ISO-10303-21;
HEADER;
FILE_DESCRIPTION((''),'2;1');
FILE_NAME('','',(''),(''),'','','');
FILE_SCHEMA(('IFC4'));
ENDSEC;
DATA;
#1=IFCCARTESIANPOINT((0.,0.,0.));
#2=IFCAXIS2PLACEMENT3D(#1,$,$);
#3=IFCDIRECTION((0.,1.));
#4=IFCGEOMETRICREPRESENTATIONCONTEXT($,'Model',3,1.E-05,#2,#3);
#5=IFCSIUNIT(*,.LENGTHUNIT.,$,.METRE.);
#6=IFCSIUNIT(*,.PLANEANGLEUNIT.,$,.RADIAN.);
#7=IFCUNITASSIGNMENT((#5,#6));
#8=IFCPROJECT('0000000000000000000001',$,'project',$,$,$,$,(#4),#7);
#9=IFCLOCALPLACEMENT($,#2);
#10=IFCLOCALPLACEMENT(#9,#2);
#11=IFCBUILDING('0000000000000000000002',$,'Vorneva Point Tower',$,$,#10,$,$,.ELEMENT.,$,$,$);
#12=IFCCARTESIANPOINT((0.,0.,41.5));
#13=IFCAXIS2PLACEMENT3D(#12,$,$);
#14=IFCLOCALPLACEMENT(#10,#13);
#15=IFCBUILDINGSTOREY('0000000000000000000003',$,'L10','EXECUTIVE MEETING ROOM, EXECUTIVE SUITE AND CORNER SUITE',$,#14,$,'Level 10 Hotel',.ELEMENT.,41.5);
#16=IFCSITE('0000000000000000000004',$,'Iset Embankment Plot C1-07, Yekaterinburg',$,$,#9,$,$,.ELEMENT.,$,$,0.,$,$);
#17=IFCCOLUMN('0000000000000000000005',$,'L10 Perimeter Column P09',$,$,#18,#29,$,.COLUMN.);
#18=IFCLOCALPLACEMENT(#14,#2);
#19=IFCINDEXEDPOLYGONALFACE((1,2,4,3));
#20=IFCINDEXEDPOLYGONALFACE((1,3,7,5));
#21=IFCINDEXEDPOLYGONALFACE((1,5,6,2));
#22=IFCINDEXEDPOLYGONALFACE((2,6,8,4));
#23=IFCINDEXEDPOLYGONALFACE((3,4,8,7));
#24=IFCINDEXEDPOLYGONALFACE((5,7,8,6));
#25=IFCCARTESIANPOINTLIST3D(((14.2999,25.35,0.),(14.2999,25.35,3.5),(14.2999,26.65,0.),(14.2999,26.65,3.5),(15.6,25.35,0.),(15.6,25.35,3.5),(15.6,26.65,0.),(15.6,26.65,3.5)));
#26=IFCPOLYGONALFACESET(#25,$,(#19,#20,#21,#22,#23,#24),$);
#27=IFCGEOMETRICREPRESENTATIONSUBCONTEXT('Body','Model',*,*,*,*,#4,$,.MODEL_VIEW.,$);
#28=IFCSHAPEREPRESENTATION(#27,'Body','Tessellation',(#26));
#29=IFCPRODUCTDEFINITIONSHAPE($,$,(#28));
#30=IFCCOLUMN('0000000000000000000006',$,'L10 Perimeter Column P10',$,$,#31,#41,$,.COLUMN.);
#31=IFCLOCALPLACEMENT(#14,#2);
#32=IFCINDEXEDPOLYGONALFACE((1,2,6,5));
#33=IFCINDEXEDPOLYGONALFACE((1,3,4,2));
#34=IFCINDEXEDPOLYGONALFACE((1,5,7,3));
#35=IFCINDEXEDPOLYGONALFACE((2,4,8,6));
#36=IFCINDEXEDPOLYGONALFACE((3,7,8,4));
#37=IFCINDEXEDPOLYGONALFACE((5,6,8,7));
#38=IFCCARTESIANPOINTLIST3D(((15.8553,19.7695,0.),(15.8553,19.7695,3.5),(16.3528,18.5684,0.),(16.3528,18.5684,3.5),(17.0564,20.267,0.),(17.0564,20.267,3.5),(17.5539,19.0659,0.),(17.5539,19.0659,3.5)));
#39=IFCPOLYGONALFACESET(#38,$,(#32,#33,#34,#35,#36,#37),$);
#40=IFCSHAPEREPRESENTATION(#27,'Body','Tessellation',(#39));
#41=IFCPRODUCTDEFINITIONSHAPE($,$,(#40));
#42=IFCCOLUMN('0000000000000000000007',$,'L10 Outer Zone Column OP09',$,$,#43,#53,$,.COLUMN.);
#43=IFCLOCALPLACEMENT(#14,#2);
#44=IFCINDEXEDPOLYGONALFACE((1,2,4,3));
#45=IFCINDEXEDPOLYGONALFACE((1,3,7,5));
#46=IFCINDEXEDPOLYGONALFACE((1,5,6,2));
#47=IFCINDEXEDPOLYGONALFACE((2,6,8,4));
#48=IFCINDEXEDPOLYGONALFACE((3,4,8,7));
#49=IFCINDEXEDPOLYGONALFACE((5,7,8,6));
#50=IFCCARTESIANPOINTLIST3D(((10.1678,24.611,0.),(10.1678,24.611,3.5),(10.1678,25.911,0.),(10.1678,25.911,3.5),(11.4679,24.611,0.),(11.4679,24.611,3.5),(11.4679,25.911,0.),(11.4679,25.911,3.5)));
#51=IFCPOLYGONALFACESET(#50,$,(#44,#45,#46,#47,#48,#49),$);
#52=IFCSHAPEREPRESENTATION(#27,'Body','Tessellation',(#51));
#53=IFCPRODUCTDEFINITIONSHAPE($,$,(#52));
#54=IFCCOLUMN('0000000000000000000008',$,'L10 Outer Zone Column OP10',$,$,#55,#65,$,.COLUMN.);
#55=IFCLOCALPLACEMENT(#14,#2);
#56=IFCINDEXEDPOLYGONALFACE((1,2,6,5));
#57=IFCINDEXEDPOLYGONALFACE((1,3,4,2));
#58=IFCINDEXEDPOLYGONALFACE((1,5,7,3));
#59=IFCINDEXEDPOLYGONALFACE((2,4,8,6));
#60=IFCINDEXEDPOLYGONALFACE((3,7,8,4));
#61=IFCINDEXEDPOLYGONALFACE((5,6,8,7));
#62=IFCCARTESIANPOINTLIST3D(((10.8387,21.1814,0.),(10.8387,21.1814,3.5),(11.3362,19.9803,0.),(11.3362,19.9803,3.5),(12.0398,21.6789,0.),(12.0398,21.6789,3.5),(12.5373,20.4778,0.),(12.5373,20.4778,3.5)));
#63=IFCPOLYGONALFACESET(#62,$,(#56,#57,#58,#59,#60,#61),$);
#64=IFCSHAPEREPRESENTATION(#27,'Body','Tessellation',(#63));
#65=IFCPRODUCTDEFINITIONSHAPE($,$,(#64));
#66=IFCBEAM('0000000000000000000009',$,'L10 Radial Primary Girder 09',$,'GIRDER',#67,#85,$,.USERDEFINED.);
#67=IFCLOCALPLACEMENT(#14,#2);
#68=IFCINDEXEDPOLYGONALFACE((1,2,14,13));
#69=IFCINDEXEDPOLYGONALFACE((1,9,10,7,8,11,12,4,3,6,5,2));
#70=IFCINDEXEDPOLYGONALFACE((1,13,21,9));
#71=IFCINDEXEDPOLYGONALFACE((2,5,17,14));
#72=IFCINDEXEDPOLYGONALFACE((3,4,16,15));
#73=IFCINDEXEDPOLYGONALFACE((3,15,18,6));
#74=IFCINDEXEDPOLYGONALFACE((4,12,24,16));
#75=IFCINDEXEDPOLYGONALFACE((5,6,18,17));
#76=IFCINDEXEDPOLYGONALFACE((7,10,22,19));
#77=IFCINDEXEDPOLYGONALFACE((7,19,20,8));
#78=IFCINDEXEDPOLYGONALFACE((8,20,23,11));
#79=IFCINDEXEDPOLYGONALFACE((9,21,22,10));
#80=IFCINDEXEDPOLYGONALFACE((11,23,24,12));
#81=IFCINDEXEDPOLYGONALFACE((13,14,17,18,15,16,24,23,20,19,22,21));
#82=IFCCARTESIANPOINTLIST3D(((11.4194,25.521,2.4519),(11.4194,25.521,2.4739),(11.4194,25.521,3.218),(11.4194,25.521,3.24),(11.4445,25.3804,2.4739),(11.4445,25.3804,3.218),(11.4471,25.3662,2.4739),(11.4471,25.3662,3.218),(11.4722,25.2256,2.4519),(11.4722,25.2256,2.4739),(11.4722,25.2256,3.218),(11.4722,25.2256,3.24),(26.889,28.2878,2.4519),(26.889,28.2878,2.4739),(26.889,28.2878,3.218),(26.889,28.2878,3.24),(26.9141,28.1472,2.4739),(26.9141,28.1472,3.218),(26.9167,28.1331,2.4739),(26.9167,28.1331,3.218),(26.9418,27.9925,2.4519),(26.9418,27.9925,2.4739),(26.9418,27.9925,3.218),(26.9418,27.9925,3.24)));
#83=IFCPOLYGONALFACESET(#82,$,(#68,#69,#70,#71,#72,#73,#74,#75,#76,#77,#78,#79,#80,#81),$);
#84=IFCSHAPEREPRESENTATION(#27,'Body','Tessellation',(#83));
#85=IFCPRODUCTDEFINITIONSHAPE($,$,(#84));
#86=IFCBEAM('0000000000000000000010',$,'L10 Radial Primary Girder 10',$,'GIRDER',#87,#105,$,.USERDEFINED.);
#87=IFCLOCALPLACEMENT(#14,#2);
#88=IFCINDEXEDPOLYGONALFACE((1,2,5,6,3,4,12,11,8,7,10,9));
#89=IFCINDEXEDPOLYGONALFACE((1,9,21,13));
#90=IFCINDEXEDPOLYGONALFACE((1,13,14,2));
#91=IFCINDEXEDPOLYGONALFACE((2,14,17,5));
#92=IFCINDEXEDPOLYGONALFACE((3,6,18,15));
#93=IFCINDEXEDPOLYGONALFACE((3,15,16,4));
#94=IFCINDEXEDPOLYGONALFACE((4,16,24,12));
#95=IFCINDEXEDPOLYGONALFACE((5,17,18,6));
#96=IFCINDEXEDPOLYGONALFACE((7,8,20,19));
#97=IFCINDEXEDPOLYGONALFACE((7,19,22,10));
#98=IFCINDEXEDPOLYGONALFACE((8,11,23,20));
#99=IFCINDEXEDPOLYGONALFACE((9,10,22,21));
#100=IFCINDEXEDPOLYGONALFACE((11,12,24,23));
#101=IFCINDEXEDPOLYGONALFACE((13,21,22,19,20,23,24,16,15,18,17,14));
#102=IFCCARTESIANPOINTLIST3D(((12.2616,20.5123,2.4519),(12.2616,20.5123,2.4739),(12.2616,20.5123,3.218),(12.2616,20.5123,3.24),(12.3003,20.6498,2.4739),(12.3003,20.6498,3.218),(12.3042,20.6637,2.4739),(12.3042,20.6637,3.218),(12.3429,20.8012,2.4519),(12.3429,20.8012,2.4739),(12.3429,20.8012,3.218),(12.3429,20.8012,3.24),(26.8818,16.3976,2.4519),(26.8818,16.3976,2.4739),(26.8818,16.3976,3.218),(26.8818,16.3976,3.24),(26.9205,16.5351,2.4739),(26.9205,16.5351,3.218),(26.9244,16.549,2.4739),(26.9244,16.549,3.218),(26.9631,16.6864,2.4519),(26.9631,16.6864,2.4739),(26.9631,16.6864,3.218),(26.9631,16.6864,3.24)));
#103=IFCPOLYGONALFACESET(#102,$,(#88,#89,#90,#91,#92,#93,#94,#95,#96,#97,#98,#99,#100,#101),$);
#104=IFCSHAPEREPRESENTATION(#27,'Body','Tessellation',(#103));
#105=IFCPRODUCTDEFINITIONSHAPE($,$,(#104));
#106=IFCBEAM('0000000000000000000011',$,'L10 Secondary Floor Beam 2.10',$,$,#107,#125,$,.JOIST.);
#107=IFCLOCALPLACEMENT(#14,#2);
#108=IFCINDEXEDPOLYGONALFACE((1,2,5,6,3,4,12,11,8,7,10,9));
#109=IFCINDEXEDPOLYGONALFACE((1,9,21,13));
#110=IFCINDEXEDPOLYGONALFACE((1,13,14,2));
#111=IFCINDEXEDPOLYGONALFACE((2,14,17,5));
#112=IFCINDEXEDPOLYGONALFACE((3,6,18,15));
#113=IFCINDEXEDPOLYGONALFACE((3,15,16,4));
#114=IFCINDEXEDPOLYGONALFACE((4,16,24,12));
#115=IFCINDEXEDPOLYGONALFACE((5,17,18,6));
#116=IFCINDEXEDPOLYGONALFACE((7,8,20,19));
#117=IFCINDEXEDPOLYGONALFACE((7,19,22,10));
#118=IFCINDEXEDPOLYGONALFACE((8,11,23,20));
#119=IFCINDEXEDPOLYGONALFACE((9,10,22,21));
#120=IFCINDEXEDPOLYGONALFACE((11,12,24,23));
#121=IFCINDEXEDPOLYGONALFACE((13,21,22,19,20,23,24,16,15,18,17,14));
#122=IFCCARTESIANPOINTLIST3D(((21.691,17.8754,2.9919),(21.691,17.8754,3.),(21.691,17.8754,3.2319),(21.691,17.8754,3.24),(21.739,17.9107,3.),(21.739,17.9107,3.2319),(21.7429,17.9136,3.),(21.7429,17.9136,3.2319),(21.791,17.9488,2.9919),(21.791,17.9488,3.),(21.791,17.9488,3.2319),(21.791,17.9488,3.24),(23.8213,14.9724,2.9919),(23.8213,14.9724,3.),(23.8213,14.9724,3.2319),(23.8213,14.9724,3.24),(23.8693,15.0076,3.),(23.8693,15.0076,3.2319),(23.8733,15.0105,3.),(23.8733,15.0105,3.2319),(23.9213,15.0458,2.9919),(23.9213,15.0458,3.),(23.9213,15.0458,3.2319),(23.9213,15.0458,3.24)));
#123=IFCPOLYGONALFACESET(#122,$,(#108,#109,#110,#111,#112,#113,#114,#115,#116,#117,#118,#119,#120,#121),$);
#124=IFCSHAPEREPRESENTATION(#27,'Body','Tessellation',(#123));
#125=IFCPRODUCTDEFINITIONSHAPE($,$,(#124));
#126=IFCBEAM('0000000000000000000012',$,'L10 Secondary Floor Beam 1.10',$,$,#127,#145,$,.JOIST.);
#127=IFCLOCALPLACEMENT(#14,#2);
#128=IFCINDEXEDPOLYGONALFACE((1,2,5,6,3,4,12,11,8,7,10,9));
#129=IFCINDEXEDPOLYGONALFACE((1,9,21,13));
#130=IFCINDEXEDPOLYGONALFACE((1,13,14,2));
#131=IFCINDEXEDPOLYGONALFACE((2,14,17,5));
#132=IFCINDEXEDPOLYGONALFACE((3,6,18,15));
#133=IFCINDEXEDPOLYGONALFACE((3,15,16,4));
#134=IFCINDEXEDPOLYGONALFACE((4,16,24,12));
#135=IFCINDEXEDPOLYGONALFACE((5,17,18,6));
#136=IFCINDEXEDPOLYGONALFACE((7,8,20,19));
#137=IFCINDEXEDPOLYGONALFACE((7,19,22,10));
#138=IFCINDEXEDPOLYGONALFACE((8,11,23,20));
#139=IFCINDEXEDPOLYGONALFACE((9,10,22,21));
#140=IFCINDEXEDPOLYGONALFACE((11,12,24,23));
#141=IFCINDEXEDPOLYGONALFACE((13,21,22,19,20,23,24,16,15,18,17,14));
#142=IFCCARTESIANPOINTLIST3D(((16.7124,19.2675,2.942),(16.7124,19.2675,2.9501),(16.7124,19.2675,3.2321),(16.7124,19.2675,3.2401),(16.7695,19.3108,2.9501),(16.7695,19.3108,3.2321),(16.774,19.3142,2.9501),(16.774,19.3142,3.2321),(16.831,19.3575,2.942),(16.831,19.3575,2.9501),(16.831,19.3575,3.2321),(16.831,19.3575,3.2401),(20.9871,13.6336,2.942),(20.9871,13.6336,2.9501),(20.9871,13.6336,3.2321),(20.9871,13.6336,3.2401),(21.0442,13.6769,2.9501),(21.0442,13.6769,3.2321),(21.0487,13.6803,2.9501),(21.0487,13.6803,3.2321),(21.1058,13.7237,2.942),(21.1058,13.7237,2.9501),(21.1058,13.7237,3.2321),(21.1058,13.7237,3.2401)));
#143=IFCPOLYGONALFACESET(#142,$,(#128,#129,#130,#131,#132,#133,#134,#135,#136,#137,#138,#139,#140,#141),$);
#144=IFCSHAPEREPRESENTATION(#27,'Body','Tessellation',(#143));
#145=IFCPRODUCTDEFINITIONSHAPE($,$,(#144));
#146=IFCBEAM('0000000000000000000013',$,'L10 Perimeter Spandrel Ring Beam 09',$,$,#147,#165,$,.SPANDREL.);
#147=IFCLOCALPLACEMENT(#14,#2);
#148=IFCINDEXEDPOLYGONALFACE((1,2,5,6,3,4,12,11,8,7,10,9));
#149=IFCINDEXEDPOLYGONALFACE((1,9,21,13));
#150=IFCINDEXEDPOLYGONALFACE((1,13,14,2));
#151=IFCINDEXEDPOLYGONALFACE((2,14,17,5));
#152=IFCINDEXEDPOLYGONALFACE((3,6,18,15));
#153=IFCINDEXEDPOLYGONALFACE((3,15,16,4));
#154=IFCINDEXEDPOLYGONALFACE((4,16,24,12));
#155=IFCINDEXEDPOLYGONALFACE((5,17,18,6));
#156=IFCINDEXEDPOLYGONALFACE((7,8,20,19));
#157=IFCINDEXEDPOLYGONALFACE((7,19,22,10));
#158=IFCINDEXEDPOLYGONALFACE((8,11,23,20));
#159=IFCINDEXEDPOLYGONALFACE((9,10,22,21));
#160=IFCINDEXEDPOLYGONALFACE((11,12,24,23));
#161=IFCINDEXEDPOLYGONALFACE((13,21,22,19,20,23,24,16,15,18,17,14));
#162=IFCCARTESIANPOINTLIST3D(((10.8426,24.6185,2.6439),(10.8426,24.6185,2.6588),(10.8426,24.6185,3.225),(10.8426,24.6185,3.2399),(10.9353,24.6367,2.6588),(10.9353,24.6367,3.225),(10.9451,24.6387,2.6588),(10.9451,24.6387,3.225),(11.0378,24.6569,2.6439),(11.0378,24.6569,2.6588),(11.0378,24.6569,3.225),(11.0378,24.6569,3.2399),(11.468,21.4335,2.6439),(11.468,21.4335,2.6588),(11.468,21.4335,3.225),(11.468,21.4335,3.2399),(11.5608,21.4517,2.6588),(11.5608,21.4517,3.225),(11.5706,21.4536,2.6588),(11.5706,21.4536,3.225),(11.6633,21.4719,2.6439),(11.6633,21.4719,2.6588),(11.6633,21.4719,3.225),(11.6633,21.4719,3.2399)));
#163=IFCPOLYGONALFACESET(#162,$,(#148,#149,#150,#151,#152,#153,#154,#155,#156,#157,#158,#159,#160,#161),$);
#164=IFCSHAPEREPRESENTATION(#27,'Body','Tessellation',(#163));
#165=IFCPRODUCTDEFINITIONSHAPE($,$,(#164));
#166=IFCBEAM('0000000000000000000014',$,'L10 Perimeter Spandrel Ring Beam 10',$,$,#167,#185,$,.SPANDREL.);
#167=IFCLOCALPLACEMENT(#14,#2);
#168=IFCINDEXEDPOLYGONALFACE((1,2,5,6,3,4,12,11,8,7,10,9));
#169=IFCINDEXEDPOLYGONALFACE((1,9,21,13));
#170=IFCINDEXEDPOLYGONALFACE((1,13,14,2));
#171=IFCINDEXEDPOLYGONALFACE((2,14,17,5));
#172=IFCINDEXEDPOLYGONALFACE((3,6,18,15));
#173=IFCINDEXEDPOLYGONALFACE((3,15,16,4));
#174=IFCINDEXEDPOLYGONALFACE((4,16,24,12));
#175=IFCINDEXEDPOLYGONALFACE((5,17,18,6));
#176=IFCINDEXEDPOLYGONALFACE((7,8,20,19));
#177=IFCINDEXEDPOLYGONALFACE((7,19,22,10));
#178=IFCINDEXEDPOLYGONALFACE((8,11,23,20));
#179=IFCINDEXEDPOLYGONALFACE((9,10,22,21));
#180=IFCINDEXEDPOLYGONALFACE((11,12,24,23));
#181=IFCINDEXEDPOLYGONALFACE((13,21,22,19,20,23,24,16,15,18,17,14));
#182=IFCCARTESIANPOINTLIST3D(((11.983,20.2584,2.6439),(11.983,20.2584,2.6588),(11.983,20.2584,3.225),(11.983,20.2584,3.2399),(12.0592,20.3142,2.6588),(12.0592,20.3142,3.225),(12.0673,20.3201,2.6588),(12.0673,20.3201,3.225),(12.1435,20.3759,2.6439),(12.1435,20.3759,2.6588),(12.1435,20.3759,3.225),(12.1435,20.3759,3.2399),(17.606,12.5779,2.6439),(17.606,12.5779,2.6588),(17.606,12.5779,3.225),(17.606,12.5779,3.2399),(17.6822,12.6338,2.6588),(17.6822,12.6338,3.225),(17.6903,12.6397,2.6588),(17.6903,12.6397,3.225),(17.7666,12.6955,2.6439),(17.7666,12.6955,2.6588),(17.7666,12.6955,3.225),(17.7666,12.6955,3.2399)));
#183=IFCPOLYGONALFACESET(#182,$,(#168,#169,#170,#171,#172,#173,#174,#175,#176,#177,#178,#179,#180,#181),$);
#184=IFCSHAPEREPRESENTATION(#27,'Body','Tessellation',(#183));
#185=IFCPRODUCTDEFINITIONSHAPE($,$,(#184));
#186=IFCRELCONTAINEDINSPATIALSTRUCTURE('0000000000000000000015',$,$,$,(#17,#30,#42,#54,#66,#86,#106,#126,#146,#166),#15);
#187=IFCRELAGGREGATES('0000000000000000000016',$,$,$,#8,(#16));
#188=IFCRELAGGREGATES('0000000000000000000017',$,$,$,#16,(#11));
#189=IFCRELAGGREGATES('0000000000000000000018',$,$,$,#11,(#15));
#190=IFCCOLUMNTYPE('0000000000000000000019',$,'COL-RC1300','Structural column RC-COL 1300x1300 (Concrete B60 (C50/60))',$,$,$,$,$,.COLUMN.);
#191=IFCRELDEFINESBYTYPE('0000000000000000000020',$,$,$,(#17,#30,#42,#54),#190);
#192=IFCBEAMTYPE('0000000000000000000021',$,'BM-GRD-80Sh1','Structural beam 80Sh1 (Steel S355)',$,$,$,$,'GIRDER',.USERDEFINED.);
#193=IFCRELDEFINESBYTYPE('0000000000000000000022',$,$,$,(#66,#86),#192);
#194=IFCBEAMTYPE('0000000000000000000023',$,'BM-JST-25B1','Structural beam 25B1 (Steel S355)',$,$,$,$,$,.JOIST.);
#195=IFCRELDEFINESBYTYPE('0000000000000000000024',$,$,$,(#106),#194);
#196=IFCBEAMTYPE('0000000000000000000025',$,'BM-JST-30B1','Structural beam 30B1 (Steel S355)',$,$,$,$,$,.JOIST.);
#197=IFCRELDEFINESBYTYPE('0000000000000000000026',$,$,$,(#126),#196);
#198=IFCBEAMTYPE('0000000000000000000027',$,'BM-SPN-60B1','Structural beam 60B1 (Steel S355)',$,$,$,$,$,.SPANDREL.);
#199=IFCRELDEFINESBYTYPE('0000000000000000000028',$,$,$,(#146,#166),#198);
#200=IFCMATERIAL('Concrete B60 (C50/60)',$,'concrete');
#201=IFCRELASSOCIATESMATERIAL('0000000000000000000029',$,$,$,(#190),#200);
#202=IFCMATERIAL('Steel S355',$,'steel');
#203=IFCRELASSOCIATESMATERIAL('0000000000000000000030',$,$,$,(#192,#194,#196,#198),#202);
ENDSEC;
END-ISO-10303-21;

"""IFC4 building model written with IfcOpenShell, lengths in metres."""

from ifc_helpers import new_model, si_unit, direction, frame, origin, origin_2d, place, context, subcontext, project, spatial, rectangle, i_section, extrude, material, material_profile, profile_set, type_object, element, save


model = new_model("IFC4")

# Units and contexts
model_context = context("Model", 3, precision=1e-05, world=origin(), true_north=direction((0.0, 1.0)))
body_context = subcontext(model_context, "Body", "Model", "MODEL_VIEW")
ifc_project = project(units=[si_unit("LENGTHUNIT", "METRE"), si_unit("PLANEANGLEUNIT", "RADIAN")], contexts=[model_context])

# Site, building, storey
site_placement = place(None, origin())
site = spatial("IfcSite", under=ifc_project, at=site_placement, Name="Iset Embankment Plot C1-07, Yekaterinburg", CompositionType="ELEMENT", RefElevation=0.0)
building_placement = place(site_placement, origin())
building = spatial("IfcBuilding", under=site, at=building_placement, Name="Vorneva Point Tower", CompositionType="ELEMENT")
storey_placement = place(building_placement, frame((0.0, 0.0, 41.5)))
storey = spatial("IfcBuildingStorey", under=building, at=storey_placement, Name="L10", Description="EXECUTIVE MEETING ROOM, EXECUTIVE SUITE AND CORNER SUITE", LongName="Level 10 Hotel", CompositionType="ELEMENT", Elevation=41.5)

# Columns
ifc_material_1 = material(Name="Concrete B60 (C50/60)", Category="concrete")
ifc_material_profile_1 = material_profile(ifc_material_1, rectangle(XDim=1.3, YDim=1.3, at=origin_2d()), Name="RC-COL 1300x1300")
ifc_profile_set_1 = profile_set([ifc_material_profile_1], Name="Concrete B60 (C50/60)")
column_type = type_object("IfcColumnType", Name="COL-RC1300", Description="Structural column RC-COL 1300x1300 (Concrete B60 (C50/60))", PredefinedType="COLUMN", material=ifc_profile_set_1)
for number, where, z_axis, x_axis, name in (
    (1, (14.95, 26.0, 0.0), (0.0, 0.0, 1.0), (-1.0, 0.0, 0.0), "L10 Perimeter Column P09"),
    (2, (16.7046, 19.4177, 0.0), (0.0, 0.0, 1.0), (-0.92388, -0.382683, 0.0), "L10 Perimeter Column P10"),
    (3, (10.8179, 25.261, 0.0), (0.0, 0.0, 1.0), (-1.0, 0.0, 0.0), "L10 Outer Zone Column OP09"),
    (4, (11.688, 20.8296, 0.0), (0.0, 0.0, 1.0), (-0.92388, -0.382683, 0.0), "L10 Outer Zone Column OP10"),
):
    element("IfcColumn", number, at=place(storey_placement, frame(where, z_axis=z_axis, x_axis=x_axis)), inside=storey, type_object=column_type, Name=name, PredefinedType="COLUMN", context=body_context, shape_type="SweptSolid", body=[
        extrude(rectangle(XDim=1.3, YDim=1.3, at=origin_2d()), origin(), (0.0, 0.0, 1.0), 3.5),
    ])

# Beams
ifc_material_2 = material(Name="Steel S355", Category="steel")
ifc_material_profile_2 = material_profile(ifc_material_2, i_section(OverallWidth=0.3, OverallDepth=0.7881, WebThickness=0.0144, FlangeThickness=0.022, at=origin_2d()), Name="80Sh1")
ifc_profile_set_2 = profile_set([ifc_material_profile_2], Name="Steel S355")
beam_type_1 = type_object("IfcBeamType", Name="BM-GRD-80Sh1", Description="Structural beam 80Sh1 (Steel S355)", ElementType="GIRDER", PredefinedType="USERDEFINED", material=ifc_profile_set_2)
beam_1_placement = place(storey_placement, frame((11.4458, 25.3733, 2.8459), z_axis=(0.984379, 0.176064, 0.0), x_axis=(-0.176064, 0.984379, 0.0)))
element("IfcBeam", 5, at=beam_1_placement, inside=storey, type_object=beam_type_1, Name="L10 Radial Primary Girder 09", ObjectType="GIRDER", PredefinedType="USERDEFINED", context=body_context, shape_type="SweptSolid", body=[
    extrude(i_section(OverallWidth=0.3, OverallDepth=0.7881, WebThickness=0.0144, FlangeThickness=0.022, at=origin_2d()), origin(), (0.0, 0.0, 1.0), 15.7151),
])
beam_2_placement = place(storey_placement, frame((12.3022, 20.6567, 2.8459), z_axis=(0.962603, -0.270915, 0.0), x_axis=(0.270915, 0.962603, 0.0)))
element("IfcBeam", 6, at=beam_2_placement, inside=storey, type_object=beam_type_1, Name="L10 Radial Primary Girder 10", ObjectType="GIRDER", PredefinedType="USERDEFINED", context=body_context, shape_type="SweptSolid", body=[
    extrude(i_section(OverallWidth=0.3, OverallDepth=0.7881, WebThickness=0.0144, FlangeThickness=0.022, at=origin_2d()), origin(), (0.0, 0.0, 1.0), 15.1882),
])
ifc_material_profile_3 = material_profile(ifc_material_2, i_section(OverallWidth=0.124, OverallDepth=0.248, WebThickness=0.0049, FlangeThickness=0.0081, at=origin_2d()), Name="25B1")
ifc_profile_set_3 = profile_set([ifc_material_profile_3], Name="Steel S355")
beam_type_2 = type_object("IfcBeamType", Name="BM-JST-25B1", Description="Structural beam 25B1 (Steel S355)", PredefinedType="JOIST", material=ifc_profile_set_3)
beam_3_placement = place(storey_placement, frame((21.741, 17.9121, 3.116), z_axis=(0.591625, -0.806213, 0.0), x_axis=(0.806213, 0.591625, 0.0)))
element("IfcBeam", 7, at=beam_3_placement, inside=storey, type_object=beam_type_2, Name="L10 Secondary Floor Beam 2.10", PredefinedType="JOIST", context=body_context, shape_type="SweptSolid", body=[
    extrude(i_section(OverallWidth=0.124, OverallDepth=0.248, WebThickness=0.0049, FlangeThickness=0.0081, at=origin_2d()), origin(), (0.0, 0.0, 1.0), 3.6008),
])
ifc_material_profile_4 = material_profile(ifc_material_2, i_section(OverallWidth=0.1489, OverallDepth=0.2981, WebThickness=0.0056, FlangeThickness=0.0081, at=origin_2d()), Name="30B1")
ifc_profile_set_4 = profile_set([ifc_material_profile_4], Name="Steel S355")
beam_type_3 = type_object("IfcBeamType", Name="BM-JST-30B1", Description="Structural beam 30B1 (Steel S355)", PredefinedType="JOIST", material=ifc_profile_set_4)
beam_4_placement = place(storey_placement, frame((16.7717, 19.3125, 3.0911), z_axis=(0.604454, -0.79664, 0.0), x_axis=(0.79664, 0.604454, 0.0)))
element("IfcBeam", 8, at=beam_4_placement, inside=storey, type_object=beam_type_3, Name="L10 Secondary Floor Beam 1.10", PredefinedType="JOIST", context=body_context, shape_type="SweptSolid", body=[
    extrude(i_section(OverallWidth=0.1489, OverallDepth=0.2981, WebThickness=0.0056, FlangeThickness=0.0081, at=origin_2d()), origin(), (0.0, 0.0, 1.0), 7.072),
])
ifc_material_profile_5 = material_profile(ifc_material_2, i_section(OverallWidth=0.199, OverallDepth=0.5959, WebThickness=0.01, FlangeThickness=0.0149, at=origin_2d()), Name="60B1")
ifc_profile_set_5 = profile_set([ifc_material_profile_5], Name="Steel S355")
beam_type_4 = type_object("IfcBeamType", Name="BM-SPN-60B1", Description="Structural beam 60B1 (Steel S355)", PredefinedType="SPANDREL", material=ifc_profile_set_5)
beam_5_placement = place(storey_placement, frame((10.9402, 24.6377, 2.9419), z_axis=(0.192701, -0.981257, 0.0), x_axis=(0.981257, 0.192701, 0.0)))
element("IfcBeam", 9, at=beam_5_placement, inside=storey, type_object=beam_type_4, Name="L10 Perimeter Spandrel Ring Beam 09", PredefinedType="SPANDREL", context=body_context, shape_type="SweptSolid", body=[
    extrude(i_section(OverallWidth=0.199, OverallDepth=0.5959, WebThickness=0.01, FlangeThickness=0.0149, at=origin_2d()), origin(), (0.0, 0.0, 1.0), 3.2458),
])
beam_6_placement = place(storey_placement, frame((12.0632, 20.3171, 2.9419), z_axis=(0.590731, -0.806869, 0.0), x_axis=(0.806869, 0.590731, 0.0)))
element("IfcBeam", 10, at=beam_6_placement, inside=storey, type_object=beam_type_4, Name="L10 Perimeter Spandrel Ring Beam 10", PredefinedType="SPANDREL", context=body_context, shape_type="SweptSolid", body=[
    extrude(i_section(OverallWidth=0.199, OverallDepth=0.5959, WebThickness=0.01, FlangeThickness=0.0149, at=origin_2d()), origin(), (0.0, 0.0, 1.0), 9.5188),
])

save(model, "model.ifc")
